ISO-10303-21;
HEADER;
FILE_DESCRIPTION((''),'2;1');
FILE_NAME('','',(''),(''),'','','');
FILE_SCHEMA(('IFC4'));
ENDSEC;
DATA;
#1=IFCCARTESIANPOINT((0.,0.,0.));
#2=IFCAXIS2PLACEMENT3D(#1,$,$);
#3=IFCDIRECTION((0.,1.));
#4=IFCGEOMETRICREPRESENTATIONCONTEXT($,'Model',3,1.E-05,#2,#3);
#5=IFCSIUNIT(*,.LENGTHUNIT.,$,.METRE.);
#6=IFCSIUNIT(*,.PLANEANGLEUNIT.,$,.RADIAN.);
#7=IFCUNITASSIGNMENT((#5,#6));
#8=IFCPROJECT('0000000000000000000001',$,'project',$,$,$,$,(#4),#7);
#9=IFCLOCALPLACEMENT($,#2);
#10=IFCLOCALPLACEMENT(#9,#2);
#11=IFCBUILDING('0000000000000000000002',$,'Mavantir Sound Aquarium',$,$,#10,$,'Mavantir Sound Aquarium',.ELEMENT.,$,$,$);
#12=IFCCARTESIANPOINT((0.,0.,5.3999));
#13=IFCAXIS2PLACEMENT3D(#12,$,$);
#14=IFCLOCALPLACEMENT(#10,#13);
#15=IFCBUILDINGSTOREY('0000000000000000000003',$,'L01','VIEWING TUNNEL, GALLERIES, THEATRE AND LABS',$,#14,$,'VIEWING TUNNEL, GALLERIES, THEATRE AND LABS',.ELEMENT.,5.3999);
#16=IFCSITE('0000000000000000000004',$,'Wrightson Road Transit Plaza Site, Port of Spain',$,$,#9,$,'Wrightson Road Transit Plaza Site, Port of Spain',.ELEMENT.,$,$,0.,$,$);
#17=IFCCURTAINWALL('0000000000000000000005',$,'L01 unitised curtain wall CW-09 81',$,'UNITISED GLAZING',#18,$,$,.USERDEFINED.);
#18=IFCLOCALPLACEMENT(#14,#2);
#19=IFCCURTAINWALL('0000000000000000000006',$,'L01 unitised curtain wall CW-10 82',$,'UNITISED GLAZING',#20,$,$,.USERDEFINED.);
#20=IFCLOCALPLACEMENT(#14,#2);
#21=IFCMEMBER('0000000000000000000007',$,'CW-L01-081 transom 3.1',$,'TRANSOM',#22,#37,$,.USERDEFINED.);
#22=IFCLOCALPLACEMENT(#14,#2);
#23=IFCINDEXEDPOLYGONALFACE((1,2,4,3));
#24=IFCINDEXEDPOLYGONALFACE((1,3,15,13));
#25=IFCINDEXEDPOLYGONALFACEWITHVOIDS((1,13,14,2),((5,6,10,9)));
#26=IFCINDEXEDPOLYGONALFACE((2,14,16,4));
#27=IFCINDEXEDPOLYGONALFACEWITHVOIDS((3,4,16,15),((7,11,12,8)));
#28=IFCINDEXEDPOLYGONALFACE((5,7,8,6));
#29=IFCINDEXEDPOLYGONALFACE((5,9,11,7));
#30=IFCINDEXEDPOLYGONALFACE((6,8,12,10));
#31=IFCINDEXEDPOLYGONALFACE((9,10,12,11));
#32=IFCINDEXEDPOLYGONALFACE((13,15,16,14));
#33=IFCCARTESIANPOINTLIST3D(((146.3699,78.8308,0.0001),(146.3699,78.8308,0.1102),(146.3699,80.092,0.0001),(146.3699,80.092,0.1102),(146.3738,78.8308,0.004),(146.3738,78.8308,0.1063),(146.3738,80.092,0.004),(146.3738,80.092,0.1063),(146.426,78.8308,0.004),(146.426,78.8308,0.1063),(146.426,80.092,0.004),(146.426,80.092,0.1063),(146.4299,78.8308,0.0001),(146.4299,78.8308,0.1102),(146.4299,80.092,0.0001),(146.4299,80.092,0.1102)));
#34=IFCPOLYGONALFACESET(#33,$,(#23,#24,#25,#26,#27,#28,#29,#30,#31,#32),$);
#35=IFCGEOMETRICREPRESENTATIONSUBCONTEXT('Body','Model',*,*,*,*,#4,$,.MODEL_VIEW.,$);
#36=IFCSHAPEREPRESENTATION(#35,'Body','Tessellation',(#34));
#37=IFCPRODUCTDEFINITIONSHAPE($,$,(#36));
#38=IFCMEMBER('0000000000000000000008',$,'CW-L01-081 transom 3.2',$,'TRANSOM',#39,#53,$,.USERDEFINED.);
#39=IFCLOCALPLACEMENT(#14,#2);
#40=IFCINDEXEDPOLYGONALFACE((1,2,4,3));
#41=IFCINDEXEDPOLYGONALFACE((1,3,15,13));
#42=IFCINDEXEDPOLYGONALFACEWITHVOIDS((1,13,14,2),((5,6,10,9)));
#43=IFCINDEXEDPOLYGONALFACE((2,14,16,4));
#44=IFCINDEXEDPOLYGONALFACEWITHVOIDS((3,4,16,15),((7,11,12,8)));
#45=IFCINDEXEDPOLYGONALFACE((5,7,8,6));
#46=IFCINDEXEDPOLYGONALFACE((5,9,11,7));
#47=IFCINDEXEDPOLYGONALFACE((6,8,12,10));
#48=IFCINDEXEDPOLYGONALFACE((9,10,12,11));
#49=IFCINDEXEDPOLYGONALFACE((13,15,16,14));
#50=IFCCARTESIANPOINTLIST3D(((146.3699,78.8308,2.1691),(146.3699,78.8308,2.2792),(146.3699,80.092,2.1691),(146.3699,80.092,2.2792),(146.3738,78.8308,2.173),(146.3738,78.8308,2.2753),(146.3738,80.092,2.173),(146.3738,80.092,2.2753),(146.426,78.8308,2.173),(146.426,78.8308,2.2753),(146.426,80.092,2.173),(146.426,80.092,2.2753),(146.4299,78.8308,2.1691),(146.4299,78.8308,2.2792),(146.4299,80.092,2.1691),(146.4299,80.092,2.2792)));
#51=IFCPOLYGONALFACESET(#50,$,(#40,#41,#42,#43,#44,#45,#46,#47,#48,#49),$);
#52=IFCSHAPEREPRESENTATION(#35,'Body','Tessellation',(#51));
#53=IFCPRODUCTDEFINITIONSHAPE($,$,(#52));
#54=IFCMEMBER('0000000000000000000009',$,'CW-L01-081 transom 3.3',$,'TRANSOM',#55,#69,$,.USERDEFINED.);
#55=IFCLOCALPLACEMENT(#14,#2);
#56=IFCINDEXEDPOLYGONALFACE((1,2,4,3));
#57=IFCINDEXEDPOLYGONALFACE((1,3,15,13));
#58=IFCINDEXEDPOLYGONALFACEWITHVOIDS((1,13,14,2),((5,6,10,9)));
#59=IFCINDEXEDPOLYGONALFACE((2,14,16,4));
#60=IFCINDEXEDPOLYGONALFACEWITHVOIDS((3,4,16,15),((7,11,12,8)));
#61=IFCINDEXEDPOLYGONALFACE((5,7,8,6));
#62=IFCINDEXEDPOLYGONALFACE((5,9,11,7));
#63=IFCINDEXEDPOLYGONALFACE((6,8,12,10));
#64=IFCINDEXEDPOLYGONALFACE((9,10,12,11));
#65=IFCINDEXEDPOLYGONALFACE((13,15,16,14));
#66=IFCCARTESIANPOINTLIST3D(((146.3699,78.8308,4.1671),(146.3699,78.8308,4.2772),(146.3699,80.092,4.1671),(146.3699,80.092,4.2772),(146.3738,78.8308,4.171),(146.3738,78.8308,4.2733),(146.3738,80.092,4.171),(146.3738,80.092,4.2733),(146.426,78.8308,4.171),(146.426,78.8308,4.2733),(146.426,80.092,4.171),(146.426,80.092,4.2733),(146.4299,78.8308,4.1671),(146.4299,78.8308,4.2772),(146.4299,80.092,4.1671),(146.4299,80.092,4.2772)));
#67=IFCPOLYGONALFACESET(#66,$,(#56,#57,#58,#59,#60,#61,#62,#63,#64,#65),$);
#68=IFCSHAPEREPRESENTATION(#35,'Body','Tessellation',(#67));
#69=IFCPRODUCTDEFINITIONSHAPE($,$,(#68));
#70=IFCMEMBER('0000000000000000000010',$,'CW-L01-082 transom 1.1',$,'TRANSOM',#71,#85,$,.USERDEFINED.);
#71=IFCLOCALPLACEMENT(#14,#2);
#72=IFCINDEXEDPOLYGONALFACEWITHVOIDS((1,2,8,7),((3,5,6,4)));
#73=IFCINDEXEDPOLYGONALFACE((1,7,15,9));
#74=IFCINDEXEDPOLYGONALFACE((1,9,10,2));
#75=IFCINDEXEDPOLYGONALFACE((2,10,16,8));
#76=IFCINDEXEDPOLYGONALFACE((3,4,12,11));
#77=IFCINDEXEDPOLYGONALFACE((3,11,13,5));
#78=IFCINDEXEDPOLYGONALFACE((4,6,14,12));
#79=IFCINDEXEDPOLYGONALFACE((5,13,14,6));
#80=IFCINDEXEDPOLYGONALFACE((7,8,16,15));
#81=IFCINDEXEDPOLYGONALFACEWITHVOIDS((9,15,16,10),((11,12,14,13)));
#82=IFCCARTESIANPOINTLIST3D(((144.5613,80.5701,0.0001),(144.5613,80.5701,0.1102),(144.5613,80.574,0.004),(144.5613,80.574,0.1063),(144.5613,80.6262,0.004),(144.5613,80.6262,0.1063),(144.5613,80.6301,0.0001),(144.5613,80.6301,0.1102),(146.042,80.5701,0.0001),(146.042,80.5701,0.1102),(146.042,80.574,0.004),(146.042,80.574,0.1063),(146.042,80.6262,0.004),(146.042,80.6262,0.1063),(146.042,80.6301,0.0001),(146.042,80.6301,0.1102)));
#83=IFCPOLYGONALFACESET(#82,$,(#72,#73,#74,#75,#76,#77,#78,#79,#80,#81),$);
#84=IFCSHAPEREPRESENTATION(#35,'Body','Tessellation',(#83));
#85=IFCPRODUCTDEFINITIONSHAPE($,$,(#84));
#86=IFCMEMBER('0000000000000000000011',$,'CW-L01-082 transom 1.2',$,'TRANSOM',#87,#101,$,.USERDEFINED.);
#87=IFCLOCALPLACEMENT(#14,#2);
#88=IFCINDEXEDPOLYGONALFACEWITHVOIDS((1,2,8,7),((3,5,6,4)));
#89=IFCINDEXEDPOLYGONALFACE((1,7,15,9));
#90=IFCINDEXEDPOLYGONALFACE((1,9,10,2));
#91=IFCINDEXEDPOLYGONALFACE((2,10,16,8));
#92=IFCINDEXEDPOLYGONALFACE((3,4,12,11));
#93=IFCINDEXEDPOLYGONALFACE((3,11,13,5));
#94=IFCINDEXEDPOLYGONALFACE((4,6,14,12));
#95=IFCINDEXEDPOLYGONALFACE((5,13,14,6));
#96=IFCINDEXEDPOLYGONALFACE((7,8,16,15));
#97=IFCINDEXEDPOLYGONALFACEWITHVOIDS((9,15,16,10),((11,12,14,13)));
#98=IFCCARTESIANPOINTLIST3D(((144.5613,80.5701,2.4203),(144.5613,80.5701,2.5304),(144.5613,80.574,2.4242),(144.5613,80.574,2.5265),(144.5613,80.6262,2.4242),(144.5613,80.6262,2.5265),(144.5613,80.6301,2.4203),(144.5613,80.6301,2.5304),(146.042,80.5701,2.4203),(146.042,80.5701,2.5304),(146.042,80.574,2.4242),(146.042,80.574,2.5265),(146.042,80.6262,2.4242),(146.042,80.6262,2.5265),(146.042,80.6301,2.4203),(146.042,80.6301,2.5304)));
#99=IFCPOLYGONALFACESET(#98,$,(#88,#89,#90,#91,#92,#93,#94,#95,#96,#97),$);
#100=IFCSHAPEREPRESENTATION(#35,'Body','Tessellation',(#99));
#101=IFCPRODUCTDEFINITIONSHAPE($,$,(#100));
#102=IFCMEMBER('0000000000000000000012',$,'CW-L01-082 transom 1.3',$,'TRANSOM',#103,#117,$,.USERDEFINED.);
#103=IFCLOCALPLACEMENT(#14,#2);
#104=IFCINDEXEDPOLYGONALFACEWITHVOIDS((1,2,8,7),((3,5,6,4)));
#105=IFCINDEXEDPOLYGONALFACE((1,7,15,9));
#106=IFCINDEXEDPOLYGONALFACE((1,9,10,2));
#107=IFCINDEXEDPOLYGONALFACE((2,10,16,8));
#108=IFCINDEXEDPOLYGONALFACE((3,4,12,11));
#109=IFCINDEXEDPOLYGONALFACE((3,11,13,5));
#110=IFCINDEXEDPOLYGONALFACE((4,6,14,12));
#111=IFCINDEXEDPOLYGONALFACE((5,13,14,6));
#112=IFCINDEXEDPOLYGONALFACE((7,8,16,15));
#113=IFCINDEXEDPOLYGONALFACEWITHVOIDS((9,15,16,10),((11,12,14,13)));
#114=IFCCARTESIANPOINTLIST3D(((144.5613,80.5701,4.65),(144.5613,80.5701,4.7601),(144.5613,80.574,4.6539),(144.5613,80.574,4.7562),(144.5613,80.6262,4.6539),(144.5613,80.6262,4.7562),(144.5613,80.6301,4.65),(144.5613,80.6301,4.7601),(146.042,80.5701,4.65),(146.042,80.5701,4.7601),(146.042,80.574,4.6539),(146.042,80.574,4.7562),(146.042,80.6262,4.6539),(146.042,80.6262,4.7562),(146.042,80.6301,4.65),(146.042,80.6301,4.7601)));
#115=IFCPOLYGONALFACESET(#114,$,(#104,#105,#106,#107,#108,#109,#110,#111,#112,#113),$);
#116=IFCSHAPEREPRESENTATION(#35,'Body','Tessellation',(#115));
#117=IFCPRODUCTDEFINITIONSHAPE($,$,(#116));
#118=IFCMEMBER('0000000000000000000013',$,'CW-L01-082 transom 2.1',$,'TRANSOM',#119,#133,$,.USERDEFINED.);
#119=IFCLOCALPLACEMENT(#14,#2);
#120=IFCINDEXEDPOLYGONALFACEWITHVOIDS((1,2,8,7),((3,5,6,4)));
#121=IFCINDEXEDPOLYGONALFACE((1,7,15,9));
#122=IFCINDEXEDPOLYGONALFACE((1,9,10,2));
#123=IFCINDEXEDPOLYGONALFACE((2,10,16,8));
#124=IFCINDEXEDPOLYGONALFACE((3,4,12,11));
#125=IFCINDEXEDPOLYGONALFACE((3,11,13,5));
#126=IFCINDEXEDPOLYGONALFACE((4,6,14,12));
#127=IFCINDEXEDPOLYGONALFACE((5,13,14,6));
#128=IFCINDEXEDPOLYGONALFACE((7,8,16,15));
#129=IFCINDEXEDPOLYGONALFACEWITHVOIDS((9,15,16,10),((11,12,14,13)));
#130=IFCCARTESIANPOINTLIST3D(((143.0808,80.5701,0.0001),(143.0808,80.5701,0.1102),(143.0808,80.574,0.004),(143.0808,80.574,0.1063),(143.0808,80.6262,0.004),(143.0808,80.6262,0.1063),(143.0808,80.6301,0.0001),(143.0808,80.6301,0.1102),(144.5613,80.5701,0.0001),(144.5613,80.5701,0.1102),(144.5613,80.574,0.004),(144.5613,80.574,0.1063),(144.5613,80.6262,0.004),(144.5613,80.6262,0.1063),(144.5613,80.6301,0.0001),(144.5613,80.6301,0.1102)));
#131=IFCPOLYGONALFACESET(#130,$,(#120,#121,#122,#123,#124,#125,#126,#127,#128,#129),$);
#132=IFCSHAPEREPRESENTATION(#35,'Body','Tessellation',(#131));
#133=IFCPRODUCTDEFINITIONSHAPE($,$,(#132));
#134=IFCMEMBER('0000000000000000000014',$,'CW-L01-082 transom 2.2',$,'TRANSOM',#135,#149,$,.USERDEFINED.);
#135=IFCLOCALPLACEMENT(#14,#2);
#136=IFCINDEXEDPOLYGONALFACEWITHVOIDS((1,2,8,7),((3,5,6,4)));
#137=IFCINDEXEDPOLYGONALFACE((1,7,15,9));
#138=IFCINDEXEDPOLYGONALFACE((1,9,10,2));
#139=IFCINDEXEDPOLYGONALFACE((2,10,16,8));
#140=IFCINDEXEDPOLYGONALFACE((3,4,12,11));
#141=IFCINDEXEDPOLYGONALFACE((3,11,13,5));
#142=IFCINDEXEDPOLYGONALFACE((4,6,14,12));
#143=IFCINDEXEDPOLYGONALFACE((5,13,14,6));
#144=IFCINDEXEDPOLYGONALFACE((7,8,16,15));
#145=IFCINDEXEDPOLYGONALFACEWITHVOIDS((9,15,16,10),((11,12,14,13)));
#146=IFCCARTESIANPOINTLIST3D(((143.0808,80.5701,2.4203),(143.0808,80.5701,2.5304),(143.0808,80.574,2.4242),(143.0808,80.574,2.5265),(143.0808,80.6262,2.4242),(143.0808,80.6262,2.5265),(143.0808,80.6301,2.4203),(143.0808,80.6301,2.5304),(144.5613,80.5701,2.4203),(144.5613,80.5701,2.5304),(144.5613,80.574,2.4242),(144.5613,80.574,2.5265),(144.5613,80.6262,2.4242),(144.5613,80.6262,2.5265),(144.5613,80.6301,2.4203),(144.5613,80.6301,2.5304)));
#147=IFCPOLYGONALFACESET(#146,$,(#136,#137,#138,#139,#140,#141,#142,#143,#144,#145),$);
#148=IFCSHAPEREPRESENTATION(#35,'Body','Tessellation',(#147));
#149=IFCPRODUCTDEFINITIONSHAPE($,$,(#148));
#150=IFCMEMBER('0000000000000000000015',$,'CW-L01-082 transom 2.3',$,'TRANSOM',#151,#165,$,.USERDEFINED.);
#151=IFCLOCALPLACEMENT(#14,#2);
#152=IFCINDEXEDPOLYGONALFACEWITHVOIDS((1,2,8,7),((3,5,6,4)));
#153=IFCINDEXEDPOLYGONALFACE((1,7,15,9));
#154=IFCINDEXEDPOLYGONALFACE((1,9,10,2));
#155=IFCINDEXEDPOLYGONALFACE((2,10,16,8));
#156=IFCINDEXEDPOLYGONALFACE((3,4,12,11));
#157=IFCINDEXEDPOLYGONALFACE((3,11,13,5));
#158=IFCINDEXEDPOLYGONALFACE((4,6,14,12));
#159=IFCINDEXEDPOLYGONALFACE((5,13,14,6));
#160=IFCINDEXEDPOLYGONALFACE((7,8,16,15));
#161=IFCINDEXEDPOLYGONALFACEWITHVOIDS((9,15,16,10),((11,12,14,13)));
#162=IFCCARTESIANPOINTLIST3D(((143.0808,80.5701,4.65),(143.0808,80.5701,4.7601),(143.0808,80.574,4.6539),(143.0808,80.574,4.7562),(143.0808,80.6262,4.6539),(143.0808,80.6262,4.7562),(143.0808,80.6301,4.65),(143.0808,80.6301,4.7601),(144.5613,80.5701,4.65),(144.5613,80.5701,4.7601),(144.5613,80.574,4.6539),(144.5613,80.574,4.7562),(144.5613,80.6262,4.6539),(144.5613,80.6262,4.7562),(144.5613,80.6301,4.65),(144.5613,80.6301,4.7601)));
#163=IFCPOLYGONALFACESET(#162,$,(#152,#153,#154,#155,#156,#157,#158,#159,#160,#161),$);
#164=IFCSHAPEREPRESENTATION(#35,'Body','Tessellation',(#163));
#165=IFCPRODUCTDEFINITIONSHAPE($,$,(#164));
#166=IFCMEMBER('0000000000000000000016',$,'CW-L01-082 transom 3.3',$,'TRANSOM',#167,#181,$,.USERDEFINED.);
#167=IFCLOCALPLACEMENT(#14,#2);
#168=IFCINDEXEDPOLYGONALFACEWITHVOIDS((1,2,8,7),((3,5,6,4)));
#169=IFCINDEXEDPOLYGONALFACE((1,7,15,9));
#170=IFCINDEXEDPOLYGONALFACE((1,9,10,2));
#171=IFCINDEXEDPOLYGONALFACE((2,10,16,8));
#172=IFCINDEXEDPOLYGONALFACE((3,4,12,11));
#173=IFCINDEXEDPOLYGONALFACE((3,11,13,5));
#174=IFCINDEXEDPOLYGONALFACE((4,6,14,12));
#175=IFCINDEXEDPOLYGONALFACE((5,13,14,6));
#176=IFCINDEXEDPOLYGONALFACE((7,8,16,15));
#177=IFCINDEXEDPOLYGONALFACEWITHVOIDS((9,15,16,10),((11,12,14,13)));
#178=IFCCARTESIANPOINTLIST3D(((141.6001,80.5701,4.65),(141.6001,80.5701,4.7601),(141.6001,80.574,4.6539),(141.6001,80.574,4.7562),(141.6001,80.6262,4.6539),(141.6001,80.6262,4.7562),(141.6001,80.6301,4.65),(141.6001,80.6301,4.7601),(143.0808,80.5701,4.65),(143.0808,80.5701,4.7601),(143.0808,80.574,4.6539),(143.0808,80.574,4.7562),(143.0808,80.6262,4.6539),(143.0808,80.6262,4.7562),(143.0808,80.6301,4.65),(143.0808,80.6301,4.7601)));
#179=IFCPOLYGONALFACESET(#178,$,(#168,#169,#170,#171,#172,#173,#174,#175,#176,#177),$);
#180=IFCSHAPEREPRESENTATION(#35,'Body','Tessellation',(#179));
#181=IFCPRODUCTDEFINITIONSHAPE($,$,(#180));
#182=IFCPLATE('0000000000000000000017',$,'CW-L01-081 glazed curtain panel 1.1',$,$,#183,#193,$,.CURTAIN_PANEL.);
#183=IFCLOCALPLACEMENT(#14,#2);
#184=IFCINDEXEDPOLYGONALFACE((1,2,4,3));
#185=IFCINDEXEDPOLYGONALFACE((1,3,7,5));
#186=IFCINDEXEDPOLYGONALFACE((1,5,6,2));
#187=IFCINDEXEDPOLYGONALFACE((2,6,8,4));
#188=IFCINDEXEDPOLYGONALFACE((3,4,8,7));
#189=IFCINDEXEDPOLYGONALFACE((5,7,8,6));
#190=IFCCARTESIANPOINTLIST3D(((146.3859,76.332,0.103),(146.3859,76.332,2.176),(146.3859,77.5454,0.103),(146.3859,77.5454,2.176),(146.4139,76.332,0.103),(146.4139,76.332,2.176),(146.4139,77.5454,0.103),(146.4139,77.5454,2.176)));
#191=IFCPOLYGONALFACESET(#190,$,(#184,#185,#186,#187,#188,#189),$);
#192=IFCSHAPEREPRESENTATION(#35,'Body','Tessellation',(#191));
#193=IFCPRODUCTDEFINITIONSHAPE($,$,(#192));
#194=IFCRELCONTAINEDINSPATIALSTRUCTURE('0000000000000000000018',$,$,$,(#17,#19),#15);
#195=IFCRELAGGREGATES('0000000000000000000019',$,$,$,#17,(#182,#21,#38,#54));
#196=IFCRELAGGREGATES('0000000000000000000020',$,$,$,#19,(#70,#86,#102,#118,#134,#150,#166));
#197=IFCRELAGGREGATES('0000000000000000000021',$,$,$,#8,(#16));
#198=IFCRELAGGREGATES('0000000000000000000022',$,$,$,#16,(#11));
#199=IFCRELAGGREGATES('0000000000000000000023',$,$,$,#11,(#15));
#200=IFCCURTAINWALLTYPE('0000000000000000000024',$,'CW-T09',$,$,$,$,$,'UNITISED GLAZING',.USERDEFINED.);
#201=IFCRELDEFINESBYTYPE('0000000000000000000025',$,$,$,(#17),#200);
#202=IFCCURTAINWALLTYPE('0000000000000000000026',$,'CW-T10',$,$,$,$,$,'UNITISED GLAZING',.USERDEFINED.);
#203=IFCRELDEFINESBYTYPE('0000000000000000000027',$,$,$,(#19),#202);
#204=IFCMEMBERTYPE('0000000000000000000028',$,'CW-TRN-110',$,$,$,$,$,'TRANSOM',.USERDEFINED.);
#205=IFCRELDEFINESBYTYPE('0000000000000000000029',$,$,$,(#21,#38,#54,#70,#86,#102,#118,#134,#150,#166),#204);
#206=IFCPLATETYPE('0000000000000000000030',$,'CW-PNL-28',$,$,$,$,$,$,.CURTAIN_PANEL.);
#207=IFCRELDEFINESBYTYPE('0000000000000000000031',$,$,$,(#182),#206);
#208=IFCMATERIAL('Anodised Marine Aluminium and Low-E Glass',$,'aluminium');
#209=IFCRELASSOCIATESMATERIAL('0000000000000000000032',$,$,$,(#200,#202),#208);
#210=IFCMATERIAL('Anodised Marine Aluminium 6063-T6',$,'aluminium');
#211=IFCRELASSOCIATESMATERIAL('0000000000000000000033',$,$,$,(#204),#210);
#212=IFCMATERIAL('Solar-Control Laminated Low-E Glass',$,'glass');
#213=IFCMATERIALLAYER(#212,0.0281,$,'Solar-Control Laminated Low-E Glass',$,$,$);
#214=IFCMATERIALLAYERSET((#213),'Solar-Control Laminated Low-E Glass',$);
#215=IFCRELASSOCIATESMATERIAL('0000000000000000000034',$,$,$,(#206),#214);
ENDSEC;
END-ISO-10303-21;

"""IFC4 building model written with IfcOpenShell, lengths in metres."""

from ifc_helpers import new_model, si_unit, direction, frame, origin, origin_2d, place, context, subcontext, project, spatial, rectangle, hollow_rectangle, extrude, material, layer, layer_set, material_profile, profile_set, type_object, element, aggregate, save


model = new_model("IFC4")

# Units and contexts
model_context = context("Model", 3, precision=1e-05, world=origin(), true_north=direction((0.0, 1.0)))
body_context = subcontext(model_context, "Body", "Model", "MODEL_VIEW")
ifc_project = project(units=[si_unit("LENGTHUNIT", "METRE"), si_unit("PLANEANGLEUNIT", "RADIAN")], contexts=[model_context])

# Site, building, storey
site_placement = place(None, origin())
site = spatial("IfcSite", under=ifc_project, at=site_placement, Name="Wrightson Road Transit Plaza Site, Port of Spain", LongName="Wrightson Road Transit Plaza Site, Port of Spain", CompositionType="ELEMENT", RefElevation=0.0)
building_placement = place(site_placement, origin())
building = spatial("IfcBuilding", under=site, at=building_placement, Name="Mavantir Sound Aquarium", LongName="Mavantir Sound Aquarium", CompositionType="ELEMENT")
storey_placement = place(building_placement, frame((0.0, 0.0, 5.3999)))
storey = spatial("IfcBuildingStorey", under=building, at=storey_placement, Name="L01", Description="VIEWING TUNNEL, GALLERIES, THEATRE AND LABS", LongName="VIEWING TUNNEL, GALLERIES, THEATRE AND LABS", CompositionType="ELEMENT", Elevation=5.3999)

# Curtain walls
ifc_material_1 = material(Name="Anodised Marine Aluminium and Low-E Glass", Category="aluminium")
curtain_wall_type_1 = type_object("IfcCurtainWallType", Name="CW-T09", ElementType="UNITISED GLAZING", PredefinedType="USERDEFINED", material=ifc_material_1)
curtain_wall_1_placement = place(storey_placement, origin())
curtain_wall_1 = element("IfcCurtainWall", 1, at=curtain_wall_1_placement, inside=storey, type_object=curtain_wall_type_1, Name="L01 unitised curtain wall CW-09 81", ObjectType="UNITISED GLAZING", PredefinedType="USERDEFINED")
ifc_material_2 = material(Name="Anodised Marine Aluminium 6063-T6", Category="aluminium")
curtain_wall_type_2 = type_object("IfcCurtainWallType", Name="CW-T10", ElementType="UNITISED GLAZING", PredefinedType="USERDEFINED", material=ifc_material_1)
curtain_wall_2_placement = place(storey_placement, origin())
curtain_wall_2 = element("IfcCurtainWall", 2, at=curtain_wall_2_placement, inside=storey, type_object=curtain_wall_type_2, Name="L01 unitised curtain wall CW-10 82", ObjectType="UNITISED GLAZING", PredefinedType="USERDEFINED")

# Members
ifc_material_profile_1 = material_profile(ifc_material_2, hollow_rectangle(XDim=0.0601, YDim=0.1101, WallThickness=0.0039, at=origin_2d()), Name="ALU-TRANSOM-110X60")
ifc_profile_set_1 = profile_set([ifc_material_profile_1], Name="Anodised Marine Aluminium 6063-T6")
member_type_1 = type_object("IfcMemberType", Name="CW-TRN-110", ElementType="TRANSOM", PredefinedType="USERDEFINED", material=ifc_profile_set_1)
member_1_placement = place(storey_placement, frame((146.3999, 78.8308, 0.0552), z_axis=(0.0, 1.0, 0.0), x_axis=(-1.0, 0.0, 0.0)))
member_1 = element("IfcMember", 3, at=member_1_placement, type_object=member_type_1, Name="CW-L01-081 transom 3.1", ObjectType="TRANSOM", PredefinedType="USERDEFINED", context=body_context, shape_type="SweptSolid", body=[
    extrude(hollow_rectangle(XDim=0.0601, YDim=0.1101, WallThickness=0.0039, at=origin_2d()), origin(), (0.0, 0.0, 1.0), 1.2612),
])
member_2_placement = place(storey_placement, frame((146.3999, 78.8308, 2.2241), z_axis=(0.0, 1.0, 0.0), x_axis=(-1.0, 0.0, 0.0)))
member_2 = element("IfcMember", 4, at=member_2_placement, type_object=member_type_1, Name="CW-L01-081 transom 3.2", ObjectType="TRANSOM", PredefinedType="USERDEFINED", context=body_context, shape_type="SweptSolid", body=[
    extrude(hollow_rectangle(XDim=0.0601, YDim=0.1101, WallThickness=0.0039, at=origin_2d()), origin(), (0.0, 0.0, 1.0), 1.2612),
])
member_3_placement = place(storey_placement, frame((146.3999, 78.8308, 4.2222), z_axis=(0.0, 1.0, 0.0), x_axis=(-1.0, 0.0, 0.0)))
member_3 = element("IfcMember", 5, at=member_3_placement, type_object=member_type_1, Name="CW-L01-081 transom 3.3", ObjectType="TRANSOM", PredefinedType="USERDEFINED", context=body_context, shape_type="SweptSolid", body=[
    extrude(hollow_rectangle(XDim=0.0601, YDim=0.1101, WallThickness=0.0039, at=origin_2d()), origin(), (0.0, 0.0, 1.0), 1.2612),
])
member_4_placement = place(storey_placement, frame((146.042, 80.6001, 0.0552), z_axis=(-1.0, 0.0, 0.0), x_axis=(0.0, -1.0, 0.0)))
member_4 = element("IfcMember", 6, at=member_4_placement, type_object=member_type_1, Name="CW-L01-082 transom 1.1", ObjectType="TRANSOM", PredefinedType="USERDEFINED", context=body_context, shape_type="SweptSolid", body=[
    extrude(hollow_rectangle(XDim=0.0601, YDim=0.1101, WallThickness=0.0039, at=origin_2d()), origin(), (0.0, 0.0, 1.0), 1.4807),
])
member_5_placement = place(storey_placement, frame((146.042, 80.6001, 2.4753), z_axis=(-1.0, 0.0, 0.0), x_axis=(0.0, -1.0, 0.0)))
member_5 = element("IfcMember", 7, at=member_5_placement, type_object=member_type_1, Name="CW-L01-082 transom 1.2", ObjectType="TRANSOM", PredefinedType="USERDEFINED", context=body_context, shape_type="SweptSolid", body=[
    extrude(hollow_rectangle(XDim=0.0601, YDim=0.1101, WallThickness=0.0039, at=origin_2d()), origin(), (0.0, 0.0, 1.0), 1.4807),
])
member_6_placement = place(storey_placement, frame((146.042, 80.6001, 4.7051), z_axis=(-1.0, 0.0, 0.0), x_axis=(0.0, -1.0, 0.0)))
member_6 = element("IfcMember", 8, at=member_6_placement, type_object=member_type_1, Name="CW-L01-082 transom 1.3", ObjectType="TRANSOM", PredefinedType="USERDEFINED", context=body_context, shape_type="SweptSolid", body=[
    extrude(hollow_rectangle(XDim=0.0601, YDim=0.1101, WallThickness=0.0039, at=origin_2d()), origin(), (0.0, 0.0, 1.0), 1.4807),
])
member_7_placement = place(storey_placement, frame((144.5613, 80.6001, 0.0552), z_axis=(-1.0, 0.0, 0.0), x_axis=(0.0, -1.0, 0.0)))
member_7 = element("IfcMember", 9, at=member_7_placement, type_object=member_type_1, Name="CW-L01-082 transom 2.1", ObjectType="TRANSOM", PredefinedType="USERDEFINED", context=body_context, shape_type="SweptSolid", body=[
    extrude(hollow_rectangle(XDim=0.0601, YDim=0.1101, WallThickness=0.0039, at=origin_2d()), origin(), (0.0, 0.0, 1.0), 1.4805),
])
member_8_placement = place(storey_placement, frame((144.5613, 80.6001, 2.4753), z_axis=(-1.0, 0.0, 0.0), x_axis=(0.0, -1.0, 0.0)))
member_8 = element("IfcMember", 10, at=member_8_placement, type_object=member_type_1, Name="CW-L01-082 transom 2.2", ObjectType="TRANSOM", PredefinedType="USERDEFINED", context=body_context, shape_type="SweptSolid", body=[
    extrude(hollow_rectangle(XDim=0.0601, YDim=0.1101, WallThickness=0.0039, at=origin_2d()), origin(), (0.0, 0.0, 1.0), 1.4805),
])
member_9_placement = place(storey_placement, frame((144.5613, 80.6001, 4.7051), z_axis=(-1.0, 0.0, 0.0), x_axis=(0.0, -1.0, 0.0)))
member_9 = element("IfcMember", 11, at=member_9_placement, type_object=member_type_1, Name="CW-L01-082 transom 2.3", ObjectType="TRANSOM", PredefinedType="USERDEFINED", context=body_context, shape_type="SweptSolid", body=[
    extrude(hollow_rectangle(XDim=0.0601, YDim=0.1101, WallThickness=0.0039, at=origin_2d()), origin(), (0.0, 0.0, 1.0), 1.4805),
])
member_10_placement = place(storey_placement, frame((143.0808, 80.6001, 4.7051), z_axis=(-1.0, 0.0, 0.0), x_axis=(0.0, -1.0, 0.0)))
member_10 = element("IfcMember", 12, at=member_10_placement, type_object=member_type_1, Name="CW-L01-082 transom 3.3", ObjectType="TRANSOM", PredefinedType="USERDEFINED", context=body_context, shape_type="SweptSolid", body=[
    extrude(hollow_rectangle(XDim=0.0601, YDim=0.1101, WallThickness=0.0039, at=origin_2d()), origin(), (0.0, 0.0, 1.0), 1.4807),
])

# Plate
ifc_material_3 = material(Name="Solar-Control Laminated Low-E Glass", Category="glass")
ifc_layer_1 = layer(ifc_material_3, 0.0281, Name="Solar-Control Laminated Low-E Glass")
ifc_layer_set_1 = layer_set([ifc_layer_1], Name="Solar-Control Laminated Low-E Glass")
plate_type_1 = type_object("IfcPlateType", Name="CW-PNL-28", PredefinedType="CURTAIN_PANEL", material=ifc_layer_set_1)
plate_1_placement = place(storey_placement, frame((146.3999, 76.9387, 0.103), z_axis=(0.0, 0.0, 1.0), x_axis=(0.0, 1.0, 0.0)))
plate_1 = element("IfcPlate", 13, at=plate_1_placement, type_object=plate_type_1, Name="CW-L01-081 glazed curtain panel 1.1", PredefinedType="CURTAIN_PANEL", context=body_context, shape_type="SweptSolid", body=[
    extrude(rectangle(XDim=1.2134, YDim=0.0281, at=origin_2d()), origin(), (0.0, 0.0, 1.0), 2.073),
])
aggregate(curtain_wall_1, [plate_1, member_1, member_2, member_3])
aggregate(curtain_wall_2, [member_4, member_5, member_6, member_7, member_8, member_9, member_10])

save(model, "model.ifc")
